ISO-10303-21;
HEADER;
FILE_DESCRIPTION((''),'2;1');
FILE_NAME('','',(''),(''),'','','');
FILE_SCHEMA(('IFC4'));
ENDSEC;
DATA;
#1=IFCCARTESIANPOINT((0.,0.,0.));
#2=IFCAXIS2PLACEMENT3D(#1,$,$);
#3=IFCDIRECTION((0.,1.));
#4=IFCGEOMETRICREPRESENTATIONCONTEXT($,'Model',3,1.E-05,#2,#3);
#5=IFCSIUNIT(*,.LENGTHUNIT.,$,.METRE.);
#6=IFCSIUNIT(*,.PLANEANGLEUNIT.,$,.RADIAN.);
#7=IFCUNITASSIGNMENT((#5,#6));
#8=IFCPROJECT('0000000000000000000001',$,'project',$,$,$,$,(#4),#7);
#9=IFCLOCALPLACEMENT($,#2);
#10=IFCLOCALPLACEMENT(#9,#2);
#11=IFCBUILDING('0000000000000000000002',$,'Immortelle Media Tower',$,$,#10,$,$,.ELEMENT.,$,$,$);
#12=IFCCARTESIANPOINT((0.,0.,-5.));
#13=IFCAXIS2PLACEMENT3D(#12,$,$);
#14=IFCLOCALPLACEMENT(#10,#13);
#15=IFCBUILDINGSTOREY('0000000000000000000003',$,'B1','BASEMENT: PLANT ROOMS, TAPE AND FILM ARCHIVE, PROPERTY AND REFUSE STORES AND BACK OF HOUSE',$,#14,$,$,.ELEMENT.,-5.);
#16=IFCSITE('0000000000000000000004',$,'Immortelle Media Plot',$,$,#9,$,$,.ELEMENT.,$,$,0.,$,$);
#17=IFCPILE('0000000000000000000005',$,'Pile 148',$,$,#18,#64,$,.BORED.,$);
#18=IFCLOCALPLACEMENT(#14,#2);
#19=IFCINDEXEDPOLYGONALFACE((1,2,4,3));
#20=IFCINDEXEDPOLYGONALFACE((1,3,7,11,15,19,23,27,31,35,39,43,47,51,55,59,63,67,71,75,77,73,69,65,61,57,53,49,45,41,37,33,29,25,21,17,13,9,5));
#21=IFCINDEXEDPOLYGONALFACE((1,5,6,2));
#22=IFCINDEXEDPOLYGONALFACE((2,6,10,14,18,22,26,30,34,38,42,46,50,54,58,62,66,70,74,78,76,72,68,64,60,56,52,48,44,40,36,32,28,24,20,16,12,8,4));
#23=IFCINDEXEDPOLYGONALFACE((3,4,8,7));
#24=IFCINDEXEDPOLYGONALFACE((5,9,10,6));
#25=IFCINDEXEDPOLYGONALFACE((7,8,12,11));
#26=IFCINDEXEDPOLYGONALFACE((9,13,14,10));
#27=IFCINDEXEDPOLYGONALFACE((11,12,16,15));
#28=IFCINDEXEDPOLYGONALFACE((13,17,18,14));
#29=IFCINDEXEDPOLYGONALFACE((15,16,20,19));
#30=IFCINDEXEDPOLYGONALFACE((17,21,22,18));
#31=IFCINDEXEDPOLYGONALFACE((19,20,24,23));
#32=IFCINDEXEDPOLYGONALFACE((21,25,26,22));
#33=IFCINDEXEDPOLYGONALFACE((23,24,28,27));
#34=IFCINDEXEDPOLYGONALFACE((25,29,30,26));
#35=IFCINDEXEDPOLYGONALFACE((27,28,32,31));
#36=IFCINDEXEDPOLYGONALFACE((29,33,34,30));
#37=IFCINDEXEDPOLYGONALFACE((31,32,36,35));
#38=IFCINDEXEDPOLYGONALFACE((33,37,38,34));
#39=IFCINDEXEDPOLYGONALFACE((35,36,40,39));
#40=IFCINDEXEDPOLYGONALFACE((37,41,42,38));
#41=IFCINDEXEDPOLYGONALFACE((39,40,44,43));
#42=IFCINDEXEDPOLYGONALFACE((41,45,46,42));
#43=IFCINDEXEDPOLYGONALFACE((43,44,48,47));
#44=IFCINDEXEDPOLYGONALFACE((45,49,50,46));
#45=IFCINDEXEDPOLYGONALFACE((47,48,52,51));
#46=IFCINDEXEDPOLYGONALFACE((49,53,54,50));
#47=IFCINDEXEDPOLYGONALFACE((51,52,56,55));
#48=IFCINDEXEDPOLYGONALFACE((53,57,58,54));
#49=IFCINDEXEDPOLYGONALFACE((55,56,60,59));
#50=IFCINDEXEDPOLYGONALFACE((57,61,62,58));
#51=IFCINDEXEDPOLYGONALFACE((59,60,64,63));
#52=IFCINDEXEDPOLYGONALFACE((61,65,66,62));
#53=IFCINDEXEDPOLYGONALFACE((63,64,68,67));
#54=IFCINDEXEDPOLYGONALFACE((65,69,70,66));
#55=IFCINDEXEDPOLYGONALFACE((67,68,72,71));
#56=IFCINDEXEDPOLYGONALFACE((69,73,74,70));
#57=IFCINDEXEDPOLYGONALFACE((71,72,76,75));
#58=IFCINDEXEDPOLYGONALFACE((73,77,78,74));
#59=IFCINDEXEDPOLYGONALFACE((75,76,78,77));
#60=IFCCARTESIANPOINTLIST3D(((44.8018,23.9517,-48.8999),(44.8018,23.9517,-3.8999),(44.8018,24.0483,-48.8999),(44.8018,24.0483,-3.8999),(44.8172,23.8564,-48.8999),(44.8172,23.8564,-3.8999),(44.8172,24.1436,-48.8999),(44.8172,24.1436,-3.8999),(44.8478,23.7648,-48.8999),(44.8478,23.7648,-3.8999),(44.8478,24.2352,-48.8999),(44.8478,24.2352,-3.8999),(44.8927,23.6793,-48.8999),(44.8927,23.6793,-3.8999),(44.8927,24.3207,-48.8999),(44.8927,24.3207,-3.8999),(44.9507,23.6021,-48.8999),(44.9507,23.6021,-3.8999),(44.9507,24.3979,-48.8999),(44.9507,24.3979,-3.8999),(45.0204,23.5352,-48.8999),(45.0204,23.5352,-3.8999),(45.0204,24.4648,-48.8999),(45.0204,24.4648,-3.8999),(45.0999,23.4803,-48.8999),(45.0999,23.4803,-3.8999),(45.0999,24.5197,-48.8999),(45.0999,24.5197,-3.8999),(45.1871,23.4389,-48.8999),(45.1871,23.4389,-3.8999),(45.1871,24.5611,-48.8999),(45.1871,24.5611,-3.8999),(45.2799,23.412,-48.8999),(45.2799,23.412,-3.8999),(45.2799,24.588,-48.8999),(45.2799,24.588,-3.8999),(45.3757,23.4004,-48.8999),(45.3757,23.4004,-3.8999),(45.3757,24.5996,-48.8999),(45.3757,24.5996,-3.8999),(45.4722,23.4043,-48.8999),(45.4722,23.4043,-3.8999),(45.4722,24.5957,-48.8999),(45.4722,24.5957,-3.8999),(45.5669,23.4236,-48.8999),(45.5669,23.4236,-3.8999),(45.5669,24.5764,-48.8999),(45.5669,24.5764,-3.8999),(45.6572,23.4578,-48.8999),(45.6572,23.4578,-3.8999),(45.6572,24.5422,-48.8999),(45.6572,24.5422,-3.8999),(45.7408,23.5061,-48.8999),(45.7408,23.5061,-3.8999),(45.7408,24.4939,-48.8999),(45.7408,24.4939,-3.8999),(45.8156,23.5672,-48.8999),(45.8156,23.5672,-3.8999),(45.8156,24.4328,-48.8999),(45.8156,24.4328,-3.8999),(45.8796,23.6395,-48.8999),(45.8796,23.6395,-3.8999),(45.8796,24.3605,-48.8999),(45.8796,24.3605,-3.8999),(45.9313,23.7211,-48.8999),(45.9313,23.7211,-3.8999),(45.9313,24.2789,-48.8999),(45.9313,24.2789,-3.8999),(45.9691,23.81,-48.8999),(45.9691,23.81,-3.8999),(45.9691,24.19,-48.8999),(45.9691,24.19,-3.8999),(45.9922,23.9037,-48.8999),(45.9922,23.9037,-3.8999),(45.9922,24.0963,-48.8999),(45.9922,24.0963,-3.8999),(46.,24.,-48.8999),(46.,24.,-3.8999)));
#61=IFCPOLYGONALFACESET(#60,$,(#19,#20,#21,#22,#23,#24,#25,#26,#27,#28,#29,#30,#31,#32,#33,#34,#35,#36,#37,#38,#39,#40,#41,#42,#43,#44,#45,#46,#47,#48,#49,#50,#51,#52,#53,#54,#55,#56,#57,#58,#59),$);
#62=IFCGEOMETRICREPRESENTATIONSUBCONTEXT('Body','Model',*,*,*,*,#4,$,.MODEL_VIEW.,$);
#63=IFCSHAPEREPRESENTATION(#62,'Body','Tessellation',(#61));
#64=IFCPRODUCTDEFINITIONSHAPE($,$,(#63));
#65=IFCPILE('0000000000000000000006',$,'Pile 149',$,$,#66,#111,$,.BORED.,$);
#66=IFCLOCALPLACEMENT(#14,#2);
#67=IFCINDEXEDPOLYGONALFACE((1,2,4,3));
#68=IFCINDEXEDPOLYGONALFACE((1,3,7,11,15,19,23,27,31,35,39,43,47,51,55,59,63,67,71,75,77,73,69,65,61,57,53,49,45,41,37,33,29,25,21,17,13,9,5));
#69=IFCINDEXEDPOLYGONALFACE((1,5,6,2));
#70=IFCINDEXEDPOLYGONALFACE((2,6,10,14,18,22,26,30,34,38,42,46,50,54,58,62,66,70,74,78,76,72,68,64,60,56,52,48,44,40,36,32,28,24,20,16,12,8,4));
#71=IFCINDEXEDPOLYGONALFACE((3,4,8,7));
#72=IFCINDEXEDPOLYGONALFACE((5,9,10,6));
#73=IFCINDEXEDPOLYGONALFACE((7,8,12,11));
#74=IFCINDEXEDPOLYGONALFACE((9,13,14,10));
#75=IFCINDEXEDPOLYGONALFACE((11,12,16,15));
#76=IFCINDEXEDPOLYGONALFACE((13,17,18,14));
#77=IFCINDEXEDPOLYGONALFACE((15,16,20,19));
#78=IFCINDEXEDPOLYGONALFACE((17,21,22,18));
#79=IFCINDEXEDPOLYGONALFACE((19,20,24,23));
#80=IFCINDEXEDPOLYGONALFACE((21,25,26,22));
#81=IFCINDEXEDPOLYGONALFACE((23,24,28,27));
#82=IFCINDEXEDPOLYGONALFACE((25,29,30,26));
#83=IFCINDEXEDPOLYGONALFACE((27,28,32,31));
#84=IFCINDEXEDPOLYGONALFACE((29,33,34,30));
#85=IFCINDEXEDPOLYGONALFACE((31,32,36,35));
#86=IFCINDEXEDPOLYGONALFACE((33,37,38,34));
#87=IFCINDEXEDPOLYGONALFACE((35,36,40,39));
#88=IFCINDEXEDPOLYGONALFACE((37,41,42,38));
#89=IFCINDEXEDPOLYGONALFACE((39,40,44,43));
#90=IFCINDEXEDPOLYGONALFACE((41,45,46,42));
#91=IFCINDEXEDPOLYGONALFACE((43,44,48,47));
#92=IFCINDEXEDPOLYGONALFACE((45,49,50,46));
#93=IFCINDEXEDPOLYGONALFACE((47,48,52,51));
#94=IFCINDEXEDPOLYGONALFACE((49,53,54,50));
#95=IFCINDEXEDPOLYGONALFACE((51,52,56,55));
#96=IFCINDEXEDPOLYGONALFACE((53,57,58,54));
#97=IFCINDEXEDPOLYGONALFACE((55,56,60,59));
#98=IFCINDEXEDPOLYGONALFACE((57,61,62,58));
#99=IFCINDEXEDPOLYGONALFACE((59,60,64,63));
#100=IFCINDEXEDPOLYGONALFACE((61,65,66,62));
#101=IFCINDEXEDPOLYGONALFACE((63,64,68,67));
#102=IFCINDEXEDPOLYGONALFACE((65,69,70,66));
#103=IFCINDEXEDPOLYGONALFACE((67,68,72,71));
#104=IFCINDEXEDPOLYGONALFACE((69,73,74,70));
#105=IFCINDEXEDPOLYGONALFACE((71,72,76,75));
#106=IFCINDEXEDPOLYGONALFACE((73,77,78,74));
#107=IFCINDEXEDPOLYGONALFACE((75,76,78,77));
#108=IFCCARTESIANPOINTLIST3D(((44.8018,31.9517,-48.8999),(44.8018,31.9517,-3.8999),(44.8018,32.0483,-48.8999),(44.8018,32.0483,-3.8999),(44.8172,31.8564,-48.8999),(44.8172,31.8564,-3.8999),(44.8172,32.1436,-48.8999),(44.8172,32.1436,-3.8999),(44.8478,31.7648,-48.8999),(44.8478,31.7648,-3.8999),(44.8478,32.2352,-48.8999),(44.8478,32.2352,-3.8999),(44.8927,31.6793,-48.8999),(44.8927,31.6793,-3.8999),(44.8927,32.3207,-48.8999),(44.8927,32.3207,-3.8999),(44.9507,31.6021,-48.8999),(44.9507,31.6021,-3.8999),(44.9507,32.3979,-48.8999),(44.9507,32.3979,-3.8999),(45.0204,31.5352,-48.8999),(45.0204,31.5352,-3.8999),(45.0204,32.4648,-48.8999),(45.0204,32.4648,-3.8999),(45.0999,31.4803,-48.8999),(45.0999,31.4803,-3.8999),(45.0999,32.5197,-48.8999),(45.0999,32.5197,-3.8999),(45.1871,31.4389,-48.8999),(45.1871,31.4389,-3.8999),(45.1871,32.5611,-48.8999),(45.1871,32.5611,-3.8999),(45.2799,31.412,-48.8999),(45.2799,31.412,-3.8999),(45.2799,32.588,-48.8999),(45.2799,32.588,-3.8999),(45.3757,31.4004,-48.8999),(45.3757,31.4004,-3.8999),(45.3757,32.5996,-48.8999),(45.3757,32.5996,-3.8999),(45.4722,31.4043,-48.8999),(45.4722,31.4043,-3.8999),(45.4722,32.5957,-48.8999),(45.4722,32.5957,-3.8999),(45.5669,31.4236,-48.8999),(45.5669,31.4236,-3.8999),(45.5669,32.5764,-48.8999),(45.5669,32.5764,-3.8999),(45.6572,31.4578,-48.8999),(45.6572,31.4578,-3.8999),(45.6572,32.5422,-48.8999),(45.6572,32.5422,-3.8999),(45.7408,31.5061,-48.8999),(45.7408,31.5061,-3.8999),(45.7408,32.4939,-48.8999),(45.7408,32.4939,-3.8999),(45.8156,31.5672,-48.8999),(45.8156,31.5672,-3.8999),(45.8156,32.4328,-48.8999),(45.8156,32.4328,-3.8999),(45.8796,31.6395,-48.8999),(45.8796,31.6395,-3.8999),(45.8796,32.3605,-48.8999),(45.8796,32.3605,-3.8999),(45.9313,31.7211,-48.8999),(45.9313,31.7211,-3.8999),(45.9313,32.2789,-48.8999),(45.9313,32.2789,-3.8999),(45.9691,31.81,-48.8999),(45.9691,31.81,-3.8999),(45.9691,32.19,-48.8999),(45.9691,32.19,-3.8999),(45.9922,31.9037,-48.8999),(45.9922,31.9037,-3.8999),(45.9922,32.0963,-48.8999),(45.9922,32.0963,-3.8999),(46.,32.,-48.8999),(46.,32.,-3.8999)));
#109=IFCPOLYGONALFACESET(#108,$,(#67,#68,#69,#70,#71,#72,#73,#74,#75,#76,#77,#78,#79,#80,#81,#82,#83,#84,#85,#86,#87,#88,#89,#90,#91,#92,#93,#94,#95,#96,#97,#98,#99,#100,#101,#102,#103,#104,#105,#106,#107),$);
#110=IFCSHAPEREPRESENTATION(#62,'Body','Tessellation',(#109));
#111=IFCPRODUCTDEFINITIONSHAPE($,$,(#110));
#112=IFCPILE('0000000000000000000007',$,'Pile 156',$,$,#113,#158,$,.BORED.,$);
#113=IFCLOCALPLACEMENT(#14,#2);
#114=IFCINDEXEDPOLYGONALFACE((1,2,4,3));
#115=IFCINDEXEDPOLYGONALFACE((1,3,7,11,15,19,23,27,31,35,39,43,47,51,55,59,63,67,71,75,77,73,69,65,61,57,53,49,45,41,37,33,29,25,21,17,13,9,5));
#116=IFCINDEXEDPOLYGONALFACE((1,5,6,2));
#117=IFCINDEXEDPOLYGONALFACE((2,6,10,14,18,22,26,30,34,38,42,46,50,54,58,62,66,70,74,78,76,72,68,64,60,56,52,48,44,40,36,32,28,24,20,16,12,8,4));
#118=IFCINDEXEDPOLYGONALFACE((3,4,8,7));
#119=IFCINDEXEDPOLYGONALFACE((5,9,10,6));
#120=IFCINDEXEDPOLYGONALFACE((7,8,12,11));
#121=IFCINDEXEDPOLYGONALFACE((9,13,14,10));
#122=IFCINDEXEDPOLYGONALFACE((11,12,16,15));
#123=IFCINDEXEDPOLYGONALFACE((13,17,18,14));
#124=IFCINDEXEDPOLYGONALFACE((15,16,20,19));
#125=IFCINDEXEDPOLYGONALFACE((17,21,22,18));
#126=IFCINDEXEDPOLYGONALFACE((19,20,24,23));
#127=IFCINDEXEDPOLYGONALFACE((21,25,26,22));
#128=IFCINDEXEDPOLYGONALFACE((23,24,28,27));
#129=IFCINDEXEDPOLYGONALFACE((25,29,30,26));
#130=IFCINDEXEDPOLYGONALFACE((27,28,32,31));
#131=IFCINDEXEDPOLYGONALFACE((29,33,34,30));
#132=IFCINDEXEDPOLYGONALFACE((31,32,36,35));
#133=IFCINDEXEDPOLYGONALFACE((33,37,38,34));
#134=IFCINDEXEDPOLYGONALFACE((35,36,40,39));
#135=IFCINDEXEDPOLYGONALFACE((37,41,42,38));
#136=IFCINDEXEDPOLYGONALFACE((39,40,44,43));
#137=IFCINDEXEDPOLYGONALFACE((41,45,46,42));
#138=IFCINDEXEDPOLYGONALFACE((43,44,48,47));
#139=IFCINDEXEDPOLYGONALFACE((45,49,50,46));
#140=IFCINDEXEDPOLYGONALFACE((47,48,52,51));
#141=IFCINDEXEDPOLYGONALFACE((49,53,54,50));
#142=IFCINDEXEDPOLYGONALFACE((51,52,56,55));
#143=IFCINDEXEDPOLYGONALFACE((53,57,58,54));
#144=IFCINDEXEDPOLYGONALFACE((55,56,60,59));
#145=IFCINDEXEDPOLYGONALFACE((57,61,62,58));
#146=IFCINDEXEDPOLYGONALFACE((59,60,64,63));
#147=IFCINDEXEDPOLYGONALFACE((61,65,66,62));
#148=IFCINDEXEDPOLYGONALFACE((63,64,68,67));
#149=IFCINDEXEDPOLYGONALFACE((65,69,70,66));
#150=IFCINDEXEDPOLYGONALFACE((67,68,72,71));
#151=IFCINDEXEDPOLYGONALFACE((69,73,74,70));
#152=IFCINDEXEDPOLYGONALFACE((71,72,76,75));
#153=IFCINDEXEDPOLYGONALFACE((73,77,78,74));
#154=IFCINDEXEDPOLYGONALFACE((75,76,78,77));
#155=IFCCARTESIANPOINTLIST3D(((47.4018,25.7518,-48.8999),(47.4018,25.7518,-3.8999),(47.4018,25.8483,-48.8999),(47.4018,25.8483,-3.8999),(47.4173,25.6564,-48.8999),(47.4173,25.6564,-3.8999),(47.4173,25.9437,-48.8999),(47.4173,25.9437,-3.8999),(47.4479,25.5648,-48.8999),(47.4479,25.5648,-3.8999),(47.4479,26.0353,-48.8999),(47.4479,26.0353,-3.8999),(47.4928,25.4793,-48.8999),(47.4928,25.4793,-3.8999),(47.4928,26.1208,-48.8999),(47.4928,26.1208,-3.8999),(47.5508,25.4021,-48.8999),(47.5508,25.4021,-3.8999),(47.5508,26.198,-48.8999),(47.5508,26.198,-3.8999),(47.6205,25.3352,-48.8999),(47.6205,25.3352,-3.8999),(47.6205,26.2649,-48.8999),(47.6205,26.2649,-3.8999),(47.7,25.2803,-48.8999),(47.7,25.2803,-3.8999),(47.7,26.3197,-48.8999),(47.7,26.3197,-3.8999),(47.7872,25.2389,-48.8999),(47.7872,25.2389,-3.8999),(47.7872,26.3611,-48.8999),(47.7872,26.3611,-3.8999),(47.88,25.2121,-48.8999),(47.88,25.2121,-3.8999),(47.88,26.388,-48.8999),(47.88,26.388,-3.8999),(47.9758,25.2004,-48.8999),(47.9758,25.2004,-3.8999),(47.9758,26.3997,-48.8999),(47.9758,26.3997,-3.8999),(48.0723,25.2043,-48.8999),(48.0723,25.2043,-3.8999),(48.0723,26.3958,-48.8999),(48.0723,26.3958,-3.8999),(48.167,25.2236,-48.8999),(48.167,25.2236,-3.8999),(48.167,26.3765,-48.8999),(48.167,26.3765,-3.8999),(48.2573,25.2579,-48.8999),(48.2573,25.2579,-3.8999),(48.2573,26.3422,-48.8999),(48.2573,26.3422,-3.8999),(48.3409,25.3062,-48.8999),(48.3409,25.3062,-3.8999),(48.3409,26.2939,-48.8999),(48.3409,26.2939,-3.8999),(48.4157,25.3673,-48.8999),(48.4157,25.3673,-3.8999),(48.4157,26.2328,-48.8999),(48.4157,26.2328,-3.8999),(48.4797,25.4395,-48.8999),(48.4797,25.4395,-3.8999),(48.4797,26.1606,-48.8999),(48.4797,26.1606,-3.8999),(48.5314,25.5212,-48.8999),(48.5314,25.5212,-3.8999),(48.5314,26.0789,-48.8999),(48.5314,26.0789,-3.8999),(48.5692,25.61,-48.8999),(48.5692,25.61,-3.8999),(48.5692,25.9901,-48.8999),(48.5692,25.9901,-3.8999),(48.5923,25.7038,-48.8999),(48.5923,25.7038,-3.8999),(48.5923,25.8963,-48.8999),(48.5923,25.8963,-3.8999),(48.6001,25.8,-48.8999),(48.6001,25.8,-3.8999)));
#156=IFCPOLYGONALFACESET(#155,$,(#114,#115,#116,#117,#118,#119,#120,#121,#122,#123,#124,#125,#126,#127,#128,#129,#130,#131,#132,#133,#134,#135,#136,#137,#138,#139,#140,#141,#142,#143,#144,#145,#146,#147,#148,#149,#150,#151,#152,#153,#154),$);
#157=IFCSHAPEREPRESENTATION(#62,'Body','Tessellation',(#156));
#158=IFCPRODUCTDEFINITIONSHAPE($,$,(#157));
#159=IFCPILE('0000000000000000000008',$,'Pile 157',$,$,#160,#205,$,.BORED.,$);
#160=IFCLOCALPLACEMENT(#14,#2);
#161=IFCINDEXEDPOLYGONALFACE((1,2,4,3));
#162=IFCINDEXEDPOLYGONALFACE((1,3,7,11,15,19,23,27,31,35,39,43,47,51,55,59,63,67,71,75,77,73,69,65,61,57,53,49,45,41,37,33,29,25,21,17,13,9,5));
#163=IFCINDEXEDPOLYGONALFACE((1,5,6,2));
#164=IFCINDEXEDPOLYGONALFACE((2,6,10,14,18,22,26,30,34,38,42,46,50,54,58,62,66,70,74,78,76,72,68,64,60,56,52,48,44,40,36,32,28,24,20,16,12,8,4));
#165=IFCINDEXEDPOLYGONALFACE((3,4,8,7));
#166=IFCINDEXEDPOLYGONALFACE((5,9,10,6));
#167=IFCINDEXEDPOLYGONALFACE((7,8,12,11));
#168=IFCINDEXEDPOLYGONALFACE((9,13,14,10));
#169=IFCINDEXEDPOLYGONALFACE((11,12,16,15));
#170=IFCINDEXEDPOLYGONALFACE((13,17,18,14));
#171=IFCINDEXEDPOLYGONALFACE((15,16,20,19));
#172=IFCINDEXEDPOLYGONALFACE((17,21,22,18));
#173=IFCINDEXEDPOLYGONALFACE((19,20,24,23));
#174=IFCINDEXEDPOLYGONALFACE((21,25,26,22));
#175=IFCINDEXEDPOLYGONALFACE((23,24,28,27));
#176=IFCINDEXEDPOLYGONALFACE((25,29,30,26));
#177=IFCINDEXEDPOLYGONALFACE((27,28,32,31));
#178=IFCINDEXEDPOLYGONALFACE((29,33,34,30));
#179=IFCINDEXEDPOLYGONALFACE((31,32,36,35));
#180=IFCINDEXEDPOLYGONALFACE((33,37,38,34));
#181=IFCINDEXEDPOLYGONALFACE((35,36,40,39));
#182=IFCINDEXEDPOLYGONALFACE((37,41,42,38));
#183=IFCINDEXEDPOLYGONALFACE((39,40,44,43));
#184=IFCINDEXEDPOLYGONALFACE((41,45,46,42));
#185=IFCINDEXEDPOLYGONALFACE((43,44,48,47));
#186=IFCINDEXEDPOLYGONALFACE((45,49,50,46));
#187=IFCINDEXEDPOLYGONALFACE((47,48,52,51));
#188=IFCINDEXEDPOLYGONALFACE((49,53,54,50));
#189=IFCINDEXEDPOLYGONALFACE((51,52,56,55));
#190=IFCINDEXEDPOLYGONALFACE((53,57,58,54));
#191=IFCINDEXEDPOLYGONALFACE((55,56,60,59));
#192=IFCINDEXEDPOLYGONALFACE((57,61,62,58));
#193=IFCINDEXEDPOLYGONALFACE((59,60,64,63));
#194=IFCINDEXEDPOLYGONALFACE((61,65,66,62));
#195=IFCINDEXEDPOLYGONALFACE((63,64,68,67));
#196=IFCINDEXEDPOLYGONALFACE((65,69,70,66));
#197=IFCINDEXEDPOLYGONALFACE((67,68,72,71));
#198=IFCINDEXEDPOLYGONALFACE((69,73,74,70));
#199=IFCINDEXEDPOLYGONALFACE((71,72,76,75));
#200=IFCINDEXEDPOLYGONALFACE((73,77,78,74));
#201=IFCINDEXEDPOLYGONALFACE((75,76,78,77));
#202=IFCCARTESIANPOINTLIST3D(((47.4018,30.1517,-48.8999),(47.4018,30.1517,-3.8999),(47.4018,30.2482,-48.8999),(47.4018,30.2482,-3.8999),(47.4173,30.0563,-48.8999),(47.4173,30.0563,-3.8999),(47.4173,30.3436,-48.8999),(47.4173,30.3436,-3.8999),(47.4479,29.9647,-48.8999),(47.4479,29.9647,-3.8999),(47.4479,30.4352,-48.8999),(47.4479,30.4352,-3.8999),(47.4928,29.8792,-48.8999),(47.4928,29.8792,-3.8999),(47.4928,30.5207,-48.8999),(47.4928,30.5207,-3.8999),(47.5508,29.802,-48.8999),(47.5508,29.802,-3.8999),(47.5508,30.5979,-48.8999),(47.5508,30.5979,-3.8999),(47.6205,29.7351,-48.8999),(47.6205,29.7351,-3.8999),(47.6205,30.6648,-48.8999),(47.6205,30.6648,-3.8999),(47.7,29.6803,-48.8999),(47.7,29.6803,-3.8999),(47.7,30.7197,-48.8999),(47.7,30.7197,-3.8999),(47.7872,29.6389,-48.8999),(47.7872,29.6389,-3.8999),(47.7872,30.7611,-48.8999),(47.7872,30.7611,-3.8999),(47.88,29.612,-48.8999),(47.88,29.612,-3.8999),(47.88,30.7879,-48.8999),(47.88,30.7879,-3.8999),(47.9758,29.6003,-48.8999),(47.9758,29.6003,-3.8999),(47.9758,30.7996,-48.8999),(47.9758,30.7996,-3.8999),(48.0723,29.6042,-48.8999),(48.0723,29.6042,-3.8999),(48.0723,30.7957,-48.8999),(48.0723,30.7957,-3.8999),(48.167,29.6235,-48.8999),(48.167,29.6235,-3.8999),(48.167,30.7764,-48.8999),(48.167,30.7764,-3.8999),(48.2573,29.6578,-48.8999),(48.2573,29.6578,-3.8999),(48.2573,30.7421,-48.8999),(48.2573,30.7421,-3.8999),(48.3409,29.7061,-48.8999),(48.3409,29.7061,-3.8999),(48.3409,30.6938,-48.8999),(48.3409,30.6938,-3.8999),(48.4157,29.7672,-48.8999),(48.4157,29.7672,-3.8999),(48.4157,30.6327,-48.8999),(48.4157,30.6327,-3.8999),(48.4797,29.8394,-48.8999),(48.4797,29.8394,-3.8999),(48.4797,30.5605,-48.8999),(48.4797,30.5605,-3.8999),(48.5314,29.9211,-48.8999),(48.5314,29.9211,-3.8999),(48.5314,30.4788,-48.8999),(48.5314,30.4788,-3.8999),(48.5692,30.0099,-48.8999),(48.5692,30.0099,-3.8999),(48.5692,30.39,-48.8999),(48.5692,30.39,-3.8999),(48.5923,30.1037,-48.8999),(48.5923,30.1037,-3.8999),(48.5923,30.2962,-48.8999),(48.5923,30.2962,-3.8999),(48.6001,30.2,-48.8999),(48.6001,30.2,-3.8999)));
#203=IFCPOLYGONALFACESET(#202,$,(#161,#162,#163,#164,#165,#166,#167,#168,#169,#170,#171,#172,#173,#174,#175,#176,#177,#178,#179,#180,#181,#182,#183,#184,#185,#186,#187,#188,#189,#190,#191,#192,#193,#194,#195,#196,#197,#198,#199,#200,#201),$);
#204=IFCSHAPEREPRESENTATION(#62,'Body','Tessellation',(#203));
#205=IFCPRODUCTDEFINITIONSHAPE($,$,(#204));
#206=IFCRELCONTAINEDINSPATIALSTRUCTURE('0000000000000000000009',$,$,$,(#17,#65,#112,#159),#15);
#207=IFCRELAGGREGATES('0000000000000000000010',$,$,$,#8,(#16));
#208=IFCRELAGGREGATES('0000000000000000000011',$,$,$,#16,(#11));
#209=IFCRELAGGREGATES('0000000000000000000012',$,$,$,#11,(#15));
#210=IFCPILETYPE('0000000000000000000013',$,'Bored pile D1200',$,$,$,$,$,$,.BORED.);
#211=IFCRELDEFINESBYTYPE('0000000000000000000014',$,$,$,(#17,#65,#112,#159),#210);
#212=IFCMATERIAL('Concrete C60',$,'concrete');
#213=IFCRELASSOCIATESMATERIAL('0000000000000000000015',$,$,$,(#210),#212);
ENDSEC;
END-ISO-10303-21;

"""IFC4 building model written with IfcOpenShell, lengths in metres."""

from ifc_helpers import new_model, si_unit, direction, frame, origin, origin_2d, place, context, subcontext, project, spatial, circle, extrude, material, material_profile, profile_set, type_object, element, save


model = new_model("IFC4")

# Units and contexts
model_context = context("Model", 3, precision=1e-05, world=origin(), true_north=direction((0.0, 1.0)))
body_context = subcontext(model_context, "Body", "Model", "MODEL_VIEW")
ifc_project = project(units=[si_unit("LENGTHUNIT", "METRE"), si_unit("PLANEANGLEUNIT", "RADIAN")], contexts=[model_context])

# Site, building, storey
site_placement = place(None, origin())
site = spatial("IfcSite", under=ifc_project, at=site_placement, Name="Immortelle Media Plot", CompositionType="ELEMENT", RefElevation=0.0)
building_placement = place(site_placement, origin())
building = spatial("IfcBuilding", under=site, at=building_placement, Name="Immortelle Media Tower", CompositionType="ELEMENT")
storey_placement = place(building_placement, frame((0.0, 0.0, -5.0)))
storey = spatial("IfcBuildingStorey", under=building, at=storey_placement, Name="B1", Description="BASEMENT: PLANT ROOMS, TAPE AND FILM ARCHIVE, PROPERTY AND REFUSE STORES AND BACK OF HOUSE", CompositionType="ELEMENT", Elevation=-5.0)

# Piles
ifc_material_1 = material(Name="Concrete C60", Category="concrete")
ifc_material_profile_1 = material_profile(ifc_material_1, circle(Radius=0.6001, at=origin_2d()), Name="Bored pile D1200")
ifc_profile_set_1 = profile_set([ifc_material_profile_1], Name="Concrete C60")
pile_type = type_object("IfcPileType", Name="Bored pile D1200", PredefinedType="BORED", material=ifc_profile_set_1)
for number, where, z_axis, x_axis, name in (
    (1, (45.3999, 24.0, -3.8999), (0.0, 0.0, -1.0), (1.0, 0.0, 0.0), "Pile 148"),
    (2, (45.3999, 32.0, -3.8999), (0.0, 0.0, -1.0), (1.0, 0.0, 0.0), "Pile 149"),
    (3, (48.0, 25.8, -3.8999), (0.0, 0.0, -1.0), (1.0, 0.0, 0.0), "Pile 156"),
    (4, (48.0, 30.2, -3.8999), (0.0, 0.0, -1.0), (1.0, 0.0, 0.0), "Pile 157"),
):
    element("IfcPile", number, at=place(storey_placement, frame(where, z_axis=z_axis, x_axis=x_axis)), inside=storey, type_object=pile_type, Name=name, PredefinedType="BORED", context=body_context, shape_type="SweptSolid", body=[
        extrude(circle(Radius=0.6001, at=origin_2d()), origin(), (0.0, 0.0, 1.0), 45.0),
    ])

save(model, "model.ifc")
